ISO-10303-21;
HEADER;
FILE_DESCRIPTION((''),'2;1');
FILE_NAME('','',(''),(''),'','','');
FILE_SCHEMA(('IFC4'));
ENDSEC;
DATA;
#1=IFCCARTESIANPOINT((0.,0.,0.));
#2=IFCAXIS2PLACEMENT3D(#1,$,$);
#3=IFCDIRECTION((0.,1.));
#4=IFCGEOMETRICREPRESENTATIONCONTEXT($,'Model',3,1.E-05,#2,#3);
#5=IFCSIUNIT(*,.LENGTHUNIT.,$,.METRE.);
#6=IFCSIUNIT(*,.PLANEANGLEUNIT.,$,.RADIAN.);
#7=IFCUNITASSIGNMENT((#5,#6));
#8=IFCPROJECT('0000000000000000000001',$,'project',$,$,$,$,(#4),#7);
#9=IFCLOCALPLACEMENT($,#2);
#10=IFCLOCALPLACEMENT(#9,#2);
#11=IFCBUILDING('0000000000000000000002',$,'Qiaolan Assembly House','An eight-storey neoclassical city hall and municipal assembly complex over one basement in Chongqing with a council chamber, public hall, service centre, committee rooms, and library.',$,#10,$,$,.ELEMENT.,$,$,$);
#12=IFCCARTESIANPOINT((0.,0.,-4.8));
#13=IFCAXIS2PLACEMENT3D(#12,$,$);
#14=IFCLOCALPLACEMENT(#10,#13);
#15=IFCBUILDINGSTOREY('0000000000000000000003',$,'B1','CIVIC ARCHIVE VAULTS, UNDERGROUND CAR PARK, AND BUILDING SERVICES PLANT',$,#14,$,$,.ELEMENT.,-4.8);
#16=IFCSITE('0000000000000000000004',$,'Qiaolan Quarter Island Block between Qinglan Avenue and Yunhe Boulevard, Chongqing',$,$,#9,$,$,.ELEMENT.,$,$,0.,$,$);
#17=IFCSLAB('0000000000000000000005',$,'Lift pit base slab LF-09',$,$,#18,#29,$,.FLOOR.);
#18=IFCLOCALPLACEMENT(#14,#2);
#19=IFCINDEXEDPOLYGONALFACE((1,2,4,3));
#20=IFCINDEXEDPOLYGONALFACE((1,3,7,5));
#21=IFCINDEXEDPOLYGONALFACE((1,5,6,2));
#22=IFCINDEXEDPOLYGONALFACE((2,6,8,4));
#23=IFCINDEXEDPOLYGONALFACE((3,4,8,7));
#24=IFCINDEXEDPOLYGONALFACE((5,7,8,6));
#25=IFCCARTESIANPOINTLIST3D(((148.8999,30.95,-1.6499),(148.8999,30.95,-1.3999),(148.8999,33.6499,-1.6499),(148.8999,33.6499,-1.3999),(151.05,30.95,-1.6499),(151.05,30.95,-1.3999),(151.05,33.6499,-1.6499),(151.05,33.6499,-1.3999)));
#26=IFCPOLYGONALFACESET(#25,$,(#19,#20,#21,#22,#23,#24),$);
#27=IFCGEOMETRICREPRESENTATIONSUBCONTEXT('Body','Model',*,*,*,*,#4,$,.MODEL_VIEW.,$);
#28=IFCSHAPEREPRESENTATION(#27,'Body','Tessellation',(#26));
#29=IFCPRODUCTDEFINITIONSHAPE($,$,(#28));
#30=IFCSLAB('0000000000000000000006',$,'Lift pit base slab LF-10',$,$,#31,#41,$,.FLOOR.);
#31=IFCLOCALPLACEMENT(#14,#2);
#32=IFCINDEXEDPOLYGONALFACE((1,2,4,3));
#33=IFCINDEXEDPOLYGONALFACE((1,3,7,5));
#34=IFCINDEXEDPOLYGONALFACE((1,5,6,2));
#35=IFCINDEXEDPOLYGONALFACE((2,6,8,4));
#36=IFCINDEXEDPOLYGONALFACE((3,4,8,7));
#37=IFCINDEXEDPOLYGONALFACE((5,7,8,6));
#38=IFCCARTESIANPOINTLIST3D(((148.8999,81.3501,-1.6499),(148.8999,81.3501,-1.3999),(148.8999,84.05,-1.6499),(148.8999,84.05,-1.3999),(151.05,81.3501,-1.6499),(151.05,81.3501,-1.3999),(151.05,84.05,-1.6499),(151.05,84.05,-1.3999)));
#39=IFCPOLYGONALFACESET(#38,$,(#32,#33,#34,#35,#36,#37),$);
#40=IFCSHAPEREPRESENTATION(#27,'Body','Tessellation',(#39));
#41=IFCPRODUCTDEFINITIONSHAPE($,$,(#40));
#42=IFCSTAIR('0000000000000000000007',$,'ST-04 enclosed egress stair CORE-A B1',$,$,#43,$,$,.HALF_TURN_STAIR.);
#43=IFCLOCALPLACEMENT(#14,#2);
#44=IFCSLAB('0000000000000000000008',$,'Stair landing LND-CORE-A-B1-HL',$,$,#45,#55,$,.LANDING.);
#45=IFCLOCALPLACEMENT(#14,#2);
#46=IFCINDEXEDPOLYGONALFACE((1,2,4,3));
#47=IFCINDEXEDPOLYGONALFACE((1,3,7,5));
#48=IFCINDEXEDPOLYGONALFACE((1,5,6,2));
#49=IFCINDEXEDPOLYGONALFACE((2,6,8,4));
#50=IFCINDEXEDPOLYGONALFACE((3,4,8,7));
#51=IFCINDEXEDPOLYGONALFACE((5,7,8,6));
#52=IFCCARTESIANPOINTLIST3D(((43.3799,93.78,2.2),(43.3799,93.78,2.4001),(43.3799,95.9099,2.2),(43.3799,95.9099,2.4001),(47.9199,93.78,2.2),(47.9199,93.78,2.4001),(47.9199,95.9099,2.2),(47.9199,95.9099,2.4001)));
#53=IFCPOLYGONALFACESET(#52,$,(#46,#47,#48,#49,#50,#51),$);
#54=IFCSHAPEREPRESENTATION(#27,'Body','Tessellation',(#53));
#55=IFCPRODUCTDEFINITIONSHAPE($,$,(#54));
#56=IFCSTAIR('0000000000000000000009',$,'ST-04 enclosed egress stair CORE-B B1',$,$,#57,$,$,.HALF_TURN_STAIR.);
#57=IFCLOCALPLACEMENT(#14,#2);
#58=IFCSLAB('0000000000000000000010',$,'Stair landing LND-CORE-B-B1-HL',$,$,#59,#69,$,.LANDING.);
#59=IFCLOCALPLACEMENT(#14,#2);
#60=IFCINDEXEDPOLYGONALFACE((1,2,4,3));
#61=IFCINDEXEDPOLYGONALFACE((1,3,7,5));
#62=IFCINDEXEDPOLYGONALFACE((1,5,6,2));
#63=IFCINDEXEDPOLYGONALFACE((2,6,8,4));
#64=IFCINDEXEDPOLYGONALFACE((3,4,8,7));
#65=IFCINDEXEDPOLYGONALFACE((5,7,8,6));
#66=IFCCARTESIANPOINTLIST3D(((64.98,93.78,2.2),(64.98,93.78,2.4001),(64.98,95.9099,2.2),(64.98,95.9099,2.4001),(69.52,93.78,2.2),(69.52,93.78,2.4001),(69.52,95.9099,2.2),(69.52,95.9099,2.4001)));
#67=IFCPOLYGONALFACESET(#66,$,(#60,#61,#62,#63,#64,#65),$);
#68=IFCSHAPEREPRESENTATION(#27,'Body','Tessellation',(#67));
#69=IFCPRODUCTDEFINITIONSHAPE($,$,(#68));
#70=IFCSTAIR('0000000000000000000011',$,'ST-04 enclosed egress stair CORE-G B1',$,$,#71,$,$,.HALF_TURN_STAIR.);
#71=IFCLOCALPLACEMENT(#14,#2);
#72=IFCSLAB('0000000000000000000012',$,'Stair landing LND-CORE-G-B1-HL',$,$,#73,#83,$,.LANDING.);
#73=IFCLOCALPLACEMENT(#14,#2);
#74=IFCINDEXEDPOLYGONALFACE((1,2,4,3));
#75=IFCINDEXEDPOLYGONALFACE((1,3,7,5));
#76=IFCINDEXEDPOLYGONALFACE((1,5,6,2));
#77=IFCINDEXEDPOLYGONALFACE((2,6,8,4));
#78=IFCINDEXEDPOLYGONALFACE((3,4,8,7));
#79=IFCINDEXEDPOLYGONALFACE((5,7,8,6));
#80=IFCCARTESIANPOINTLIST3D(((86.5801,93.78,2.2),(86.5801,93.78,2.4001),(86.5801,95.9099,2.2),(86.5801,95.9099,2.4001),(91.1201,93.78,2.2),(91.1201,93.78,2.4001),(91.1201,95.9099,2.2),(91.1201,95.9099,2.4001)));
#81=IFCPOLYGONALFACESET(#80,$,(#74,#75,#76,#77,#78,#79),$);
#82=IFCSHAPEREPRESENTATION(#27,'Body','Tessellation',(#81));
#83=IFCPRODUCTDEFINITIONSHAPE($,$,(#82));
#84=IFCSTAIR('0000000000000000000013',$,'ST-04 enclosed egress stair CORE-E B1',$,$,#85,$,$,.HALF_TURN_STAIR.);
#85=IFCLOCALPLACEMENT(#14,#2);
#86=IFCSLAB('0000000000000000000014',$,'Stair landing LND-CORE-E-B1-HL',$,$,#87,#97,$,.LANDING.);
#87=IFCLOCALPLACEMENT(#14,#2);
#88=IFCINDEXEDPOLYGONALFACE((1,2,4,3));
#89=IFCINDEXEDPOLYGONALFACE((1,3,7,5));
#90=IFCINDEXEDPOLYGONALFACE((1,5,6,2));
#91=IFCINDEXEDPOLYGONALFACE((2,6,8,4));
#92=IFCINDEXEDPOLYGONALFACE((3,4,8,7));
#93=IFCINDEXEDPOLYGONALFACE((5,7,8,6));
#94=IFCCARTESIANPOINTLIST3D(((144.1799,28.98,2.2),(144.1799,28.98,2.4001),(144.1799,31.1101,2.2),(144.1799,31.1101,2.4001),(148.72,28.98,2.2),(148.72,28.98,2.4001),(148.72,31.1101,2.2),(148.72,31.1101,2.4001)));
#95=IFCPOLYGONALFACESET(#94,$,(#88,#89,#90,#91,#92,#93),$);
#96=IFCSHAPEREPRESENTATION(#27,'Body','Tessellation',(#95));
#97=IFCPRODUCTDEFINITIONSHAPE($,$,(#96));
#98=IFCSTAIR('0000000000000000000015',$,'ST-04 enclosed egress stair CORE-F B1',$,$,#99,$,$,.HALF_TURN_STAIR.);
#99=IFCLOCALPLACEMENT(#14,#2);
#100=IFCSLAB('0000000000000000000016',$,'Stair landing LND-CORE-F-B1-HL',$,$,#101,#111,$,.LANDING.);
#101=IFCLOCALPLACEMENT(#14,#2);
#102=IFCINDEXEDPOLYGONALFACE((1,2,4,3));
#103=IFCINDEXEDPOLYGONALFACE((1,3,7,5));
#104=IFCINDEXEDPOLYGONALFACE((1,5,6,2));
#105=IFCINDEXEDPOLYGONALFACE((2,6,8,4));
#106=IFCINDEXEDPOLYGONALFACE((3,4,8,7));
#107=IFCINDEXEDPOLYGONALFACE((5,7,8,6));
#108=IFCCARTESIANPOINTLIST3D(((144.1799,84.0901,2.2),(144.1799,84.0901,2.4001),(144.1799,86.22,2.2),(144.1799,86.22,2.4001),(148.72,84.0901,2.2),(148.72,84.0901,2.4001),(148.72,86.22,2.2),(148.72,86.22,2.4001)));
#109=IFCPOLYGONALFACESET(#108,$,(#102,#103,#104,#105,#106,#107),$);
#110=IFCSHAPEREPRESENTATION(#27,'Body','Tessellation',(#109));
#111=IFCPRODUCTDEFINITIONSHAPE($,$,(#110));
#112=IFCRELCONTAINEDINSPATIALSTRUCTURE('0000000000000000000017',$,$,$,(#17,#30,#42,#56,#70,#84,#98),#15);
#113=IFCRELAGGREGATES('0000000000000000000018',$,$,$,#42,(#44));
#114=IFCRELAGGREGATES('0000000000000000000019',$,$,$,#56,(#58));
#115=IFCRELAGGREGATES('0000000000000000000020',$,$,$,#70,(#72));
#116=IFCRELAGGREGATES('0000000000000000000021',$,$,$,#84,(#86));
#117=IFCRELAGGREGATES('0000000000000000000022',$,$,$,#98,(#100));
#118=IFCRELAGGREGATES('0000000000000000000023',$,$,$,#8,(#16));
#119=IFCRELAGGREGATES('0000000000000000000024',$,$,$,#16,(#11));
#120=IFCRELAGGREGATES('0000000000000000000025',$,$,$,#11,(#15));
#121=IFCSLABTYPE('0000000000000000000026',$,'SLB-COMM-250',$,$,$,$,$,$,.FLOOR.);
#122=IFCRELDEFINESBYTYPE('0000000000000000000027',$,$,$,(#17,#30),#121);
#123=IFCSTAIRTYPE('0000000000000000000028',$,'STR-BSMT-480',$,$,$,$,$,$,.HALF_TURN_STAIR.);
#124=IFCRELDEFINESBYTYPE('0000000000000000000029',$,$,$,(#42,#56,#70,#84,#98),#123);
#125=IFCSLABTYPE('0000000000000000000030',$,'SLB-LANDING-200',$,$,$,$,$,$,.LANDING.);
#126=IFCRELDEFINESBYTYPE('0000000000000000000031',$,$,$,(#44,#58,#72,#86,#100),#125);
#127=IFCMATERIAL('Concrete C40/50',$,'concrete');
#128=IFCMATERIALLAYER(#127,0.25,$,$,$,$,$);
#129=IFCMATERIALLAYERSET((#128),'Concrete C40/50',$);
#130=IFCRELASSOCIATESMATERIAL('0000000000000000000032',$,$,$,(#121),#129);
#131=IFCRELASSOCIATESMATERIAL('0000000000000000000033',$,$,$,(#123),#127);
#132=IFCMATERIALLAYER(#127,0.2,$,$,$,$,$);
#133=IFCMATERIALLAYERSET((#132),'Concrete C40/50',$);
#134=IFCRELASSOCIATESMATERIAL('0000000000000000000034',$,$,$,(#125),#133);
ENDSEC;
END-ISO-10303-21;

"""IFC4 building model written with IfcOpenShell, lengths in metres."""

from ifc_helpers import new_model, si_unit, direction, frame, origin, place, context, subcontext, project, spatial, polyline, outline, extrude, material, layer, layer_set, type_object, element, aggregate, save


model = new_model("IFC4")

# Units and contexts
model_context = context("Model", 3, precision=1e-05, world=origin(), true_north=direction((0.0, 1.0)))
body_context = subcontext(model_context, "Body", "Model", "MODEL_VIEW")
ifc_project = project(units=[si_unit("LENGTHUNIT", "METRE"), si_unit("PLANEANGLEUNIT", "RADIAN")], contexts=[model_context])

# Site, building, storey
site_placement = place(None, origin())
site = spatial("IfcSite", under=ifc_project, at=site_placement, Name="Qiaolan Quarter Island Block between Qinglan Avenue and Yunhe Boulevard, Chongqing", CompositionType="ELEMENT", RefElevation=0.0)
building_placement = place(site_placement, origin())
building = spatial("IfcBuilding", under=site, at=building_placement, Name="Qiaolan Assembly House", Description="An eight-storey neoclassical city hall and municipal assembly complex over one basement in Chongqing with a council chamber, public hall, service centre, committee rooms, and library.", CompositionType="ELEMENT")
storey_placement = place(building_placement, frame((0.0, 0.0, -4.8)))
storey = spatial("IfcBuildingStorey", under=building, at=storey_placement, Name="B1", Description="CIVIC ARCHIVE VAULTS, UNDERGROUND CAR PARK, AND BUILDING SERVICES PLANT", CompositionType="ELEMENT", Elevation=-4.8)

# Shared definitions
ifc_material_1 = material(Name="Concrete C40/50", Category="concrete")

# Slabs
ifc_layer_1 = layer(ifc_material_1, 0.25)
ifc_layer_set_1 = layer_set([ifc_layer_1], Name="Concrete C40/50")
slab_type_1 = type_object("IfcSlabType", Name="SLB-COMM-250", PredefinedType="FLOOR", material=ifc_layer_set_1)
slab_1_placement = place(storey_placement, frame((0.0, 0.0, -1.6499)))
element("IfcSlab", 1, at=slab_1_placement, inside=storey, type_object=slab_type_1, Name="Lift pit base slab LF-09", PredefinedType="FLOOR", context=body_context, shape_type="SweptSolid", body=[
    extrude(outline(polyline([(148.8999, 30.95), (148.8999, 33.6499), (151.05, 33.6499), (151.05, 30.95), (148.8999, 30.95)])), origin(), (0.0, 0.0, 1.0), 0.25),
])
slab_2_placement = place(storey_placement, frame((0.0, 0.0, -1.6499)))
element("IfcSlab", 2, at=slab_2_placement, inside=storey, type_object=slab_type_1, Name="Lift pit base slab LF-10", PredefinedType="FLOOR", context=body_context, shape_type="SweptSolid", body=[
    extrude(outline(polyline([(148.8999, 81.3501), (148.8999, 84.05), (151.05, 84.05), (151.05, 81.3501), (148.8999, 81.3501)])), origin(), (0.0, 0.0, 1.0), 0.25),
])

# Stairs, slabs
stair_type = type_object("IfcStairType", Name="STR-BSMT-480", PredefinedType="HALF_TURN_STAIR", material=ifc_material_1)
stair_1_placement = place(storey_placement, origin())
stair_1 = element("IfcStair", 3, at=stair_1_placement, inside=storey, type_object=stair_type, Name="ST-04 enclosed egress stair CORE-A B1", PredefinedType="HALF_TURN_STAIR")
ifc_layer_2 = layer(ifc_material_1, 0.2)
ifc_layer_set_2 = layer_set([ifc_layer_2], Name="Concrete C40/50")
slab_type_2 = type_object("IfcSlabType", Name="SLB-LANDING-200", PredefinedType="LANDING", material=ifc_layer_set_2)
slab_3_placement = place(storey_placement, frame((0.0, 0.0, 2.2)))
slab_3 = element("IfcSlab", 4, at=slab_3_placement, type_object=slab_type_2, Name="Stair landing LND-CORE-A-B1-HL", PredefinedType="LANDING", context=body_context, shape_type="SweptSolid", body=[
    extrude(outline(polyline([(43.3799, 93.78), (43.3799, 95.9099), (47.9199, 95.9099), (47.9199, 93.78), (43.3799, 93.78)])), origin(), (0.0, 0.0, 1.0), 0.2002),
])
aggregate(stair_1, [slab_3])
stair_2_placement = place(storey_placement, origin())
stair_2 = element("IfcStair", 5, at=stair_2_placement, inside=storey, type_object=stair_type, Name="ST-04 enclosed egress stair CORE-B B1", PredefinedType="HALF_TURN_STAIR")
slab_4_placement = place(storey_placement, frame((0.0, 0.0, 2.2)))
slab_4 = element("IfcSlab", 6, at=slab_4_placement, type_object=slab_type_2, Name="Stair landing LND-CORE-B-B1-HL", PredefinedType="LANDING", context=body_context, shape_type="SweptSolid", body=[
    extrude(outline(polyline([(64.98, 93.78), (64.98, 95.9099), (69.52, 95.9099), (69.52, 93.78), (64.98, 93.78)])), origin(), (0.0, 0.0, 1.0), 0.2002),
])
aggregate(stair_2, [slab_4])
stair_3_placement = place(storey_placement, origin())
stair_3 = element("IfcStair", 7, at=stair_3_placement, inside=storey, type_object=stair_type, Name="ST-04 enclosed egress stair CORE-G B1", PredefinedType="HALF_TURN_STAIR")
slab_5_placement = place(storey_placement, frame((0.0, 0.0, 2.2)))
slab_5 = element("IfcSlab", 8, at=slab_5_placement, type_object=slab_type_2, Name="Stair landing LND-CORE-G-B1-HL", PredefinedType="LANDING", context=body_context, shape_type="SweptSolid", body=[
    extrude(outline(polyline([(86.5801, 93.78), (86.5801, 95.9099), (91.1201, 95.9099), (91.1201, 93.78), (86.5801, 93.78)])), origin(), (0.0, 0.0, 1.0), 0.2002),
])
aggregate(stair_3, [slab_5])
stair_4_placement = place(storey_placement, origin())
stair_4 = element("IfcStair", 9, at=stair_4_placement, inside=storey, type_object=stair_type, Name="ST-04 enclosed egress stair CORE-E B1", PredefinedType="HALF_TURN_STAIR")
slab_6_placement = place(storey_placement, frame((0.0, 0.0, 2.2)))
slab_6 = element("IfcSlab", 10, at=slab_6_placement, type_object=slab_type_2, Name="Stair landing LND-CORE-E-B1-HL", PredefinedType="LANDING", context=body_context, shape_type="SweptSolid", body=[
    extrude(outline(polyline([(144.1799, 28.98), (144.1799, 31.1101), (148.72, 31.1101), (148.72, 28.98), (144.1799, 28.98)])), origin(), (0.0, 0.0, 1.0), 0.2002),
])
aggregate(stair_4, [slab_6])
stair_5_placement = place(storey_placement, origin())
stair_5 = element("IfcStair", 11, at=stair_5_placement, inside=storey, type_object=stair_type, Name="ST-04 enclosed egress stair CORE-F B1", PredefinedType="HALF_TURN_STAIR")
slab_7_placement = place(storey_placement, frame((0.0, 0.0, 2.2)))
slab_7 = element("IfcSlab", 12, at=slab_7_placement, type_object=slab_type_2, Name="Stair landing LND-CORE-F-B1-HL", PredefinedType="LANDING", context=body_context, shape_type="SweptSolid", body=[
    extrude(outline(polyline([(144.1799, 84.0901), (144.1799, 86.22), (148.72, 86.22), (148.72, 84.0901), (144.1799, 84.0901)])), origin(), (0.0, 0.0, 1.0), 0.2002),
])
aggregate(stair_5, [slab_7])

save(model, "model.ifc")
